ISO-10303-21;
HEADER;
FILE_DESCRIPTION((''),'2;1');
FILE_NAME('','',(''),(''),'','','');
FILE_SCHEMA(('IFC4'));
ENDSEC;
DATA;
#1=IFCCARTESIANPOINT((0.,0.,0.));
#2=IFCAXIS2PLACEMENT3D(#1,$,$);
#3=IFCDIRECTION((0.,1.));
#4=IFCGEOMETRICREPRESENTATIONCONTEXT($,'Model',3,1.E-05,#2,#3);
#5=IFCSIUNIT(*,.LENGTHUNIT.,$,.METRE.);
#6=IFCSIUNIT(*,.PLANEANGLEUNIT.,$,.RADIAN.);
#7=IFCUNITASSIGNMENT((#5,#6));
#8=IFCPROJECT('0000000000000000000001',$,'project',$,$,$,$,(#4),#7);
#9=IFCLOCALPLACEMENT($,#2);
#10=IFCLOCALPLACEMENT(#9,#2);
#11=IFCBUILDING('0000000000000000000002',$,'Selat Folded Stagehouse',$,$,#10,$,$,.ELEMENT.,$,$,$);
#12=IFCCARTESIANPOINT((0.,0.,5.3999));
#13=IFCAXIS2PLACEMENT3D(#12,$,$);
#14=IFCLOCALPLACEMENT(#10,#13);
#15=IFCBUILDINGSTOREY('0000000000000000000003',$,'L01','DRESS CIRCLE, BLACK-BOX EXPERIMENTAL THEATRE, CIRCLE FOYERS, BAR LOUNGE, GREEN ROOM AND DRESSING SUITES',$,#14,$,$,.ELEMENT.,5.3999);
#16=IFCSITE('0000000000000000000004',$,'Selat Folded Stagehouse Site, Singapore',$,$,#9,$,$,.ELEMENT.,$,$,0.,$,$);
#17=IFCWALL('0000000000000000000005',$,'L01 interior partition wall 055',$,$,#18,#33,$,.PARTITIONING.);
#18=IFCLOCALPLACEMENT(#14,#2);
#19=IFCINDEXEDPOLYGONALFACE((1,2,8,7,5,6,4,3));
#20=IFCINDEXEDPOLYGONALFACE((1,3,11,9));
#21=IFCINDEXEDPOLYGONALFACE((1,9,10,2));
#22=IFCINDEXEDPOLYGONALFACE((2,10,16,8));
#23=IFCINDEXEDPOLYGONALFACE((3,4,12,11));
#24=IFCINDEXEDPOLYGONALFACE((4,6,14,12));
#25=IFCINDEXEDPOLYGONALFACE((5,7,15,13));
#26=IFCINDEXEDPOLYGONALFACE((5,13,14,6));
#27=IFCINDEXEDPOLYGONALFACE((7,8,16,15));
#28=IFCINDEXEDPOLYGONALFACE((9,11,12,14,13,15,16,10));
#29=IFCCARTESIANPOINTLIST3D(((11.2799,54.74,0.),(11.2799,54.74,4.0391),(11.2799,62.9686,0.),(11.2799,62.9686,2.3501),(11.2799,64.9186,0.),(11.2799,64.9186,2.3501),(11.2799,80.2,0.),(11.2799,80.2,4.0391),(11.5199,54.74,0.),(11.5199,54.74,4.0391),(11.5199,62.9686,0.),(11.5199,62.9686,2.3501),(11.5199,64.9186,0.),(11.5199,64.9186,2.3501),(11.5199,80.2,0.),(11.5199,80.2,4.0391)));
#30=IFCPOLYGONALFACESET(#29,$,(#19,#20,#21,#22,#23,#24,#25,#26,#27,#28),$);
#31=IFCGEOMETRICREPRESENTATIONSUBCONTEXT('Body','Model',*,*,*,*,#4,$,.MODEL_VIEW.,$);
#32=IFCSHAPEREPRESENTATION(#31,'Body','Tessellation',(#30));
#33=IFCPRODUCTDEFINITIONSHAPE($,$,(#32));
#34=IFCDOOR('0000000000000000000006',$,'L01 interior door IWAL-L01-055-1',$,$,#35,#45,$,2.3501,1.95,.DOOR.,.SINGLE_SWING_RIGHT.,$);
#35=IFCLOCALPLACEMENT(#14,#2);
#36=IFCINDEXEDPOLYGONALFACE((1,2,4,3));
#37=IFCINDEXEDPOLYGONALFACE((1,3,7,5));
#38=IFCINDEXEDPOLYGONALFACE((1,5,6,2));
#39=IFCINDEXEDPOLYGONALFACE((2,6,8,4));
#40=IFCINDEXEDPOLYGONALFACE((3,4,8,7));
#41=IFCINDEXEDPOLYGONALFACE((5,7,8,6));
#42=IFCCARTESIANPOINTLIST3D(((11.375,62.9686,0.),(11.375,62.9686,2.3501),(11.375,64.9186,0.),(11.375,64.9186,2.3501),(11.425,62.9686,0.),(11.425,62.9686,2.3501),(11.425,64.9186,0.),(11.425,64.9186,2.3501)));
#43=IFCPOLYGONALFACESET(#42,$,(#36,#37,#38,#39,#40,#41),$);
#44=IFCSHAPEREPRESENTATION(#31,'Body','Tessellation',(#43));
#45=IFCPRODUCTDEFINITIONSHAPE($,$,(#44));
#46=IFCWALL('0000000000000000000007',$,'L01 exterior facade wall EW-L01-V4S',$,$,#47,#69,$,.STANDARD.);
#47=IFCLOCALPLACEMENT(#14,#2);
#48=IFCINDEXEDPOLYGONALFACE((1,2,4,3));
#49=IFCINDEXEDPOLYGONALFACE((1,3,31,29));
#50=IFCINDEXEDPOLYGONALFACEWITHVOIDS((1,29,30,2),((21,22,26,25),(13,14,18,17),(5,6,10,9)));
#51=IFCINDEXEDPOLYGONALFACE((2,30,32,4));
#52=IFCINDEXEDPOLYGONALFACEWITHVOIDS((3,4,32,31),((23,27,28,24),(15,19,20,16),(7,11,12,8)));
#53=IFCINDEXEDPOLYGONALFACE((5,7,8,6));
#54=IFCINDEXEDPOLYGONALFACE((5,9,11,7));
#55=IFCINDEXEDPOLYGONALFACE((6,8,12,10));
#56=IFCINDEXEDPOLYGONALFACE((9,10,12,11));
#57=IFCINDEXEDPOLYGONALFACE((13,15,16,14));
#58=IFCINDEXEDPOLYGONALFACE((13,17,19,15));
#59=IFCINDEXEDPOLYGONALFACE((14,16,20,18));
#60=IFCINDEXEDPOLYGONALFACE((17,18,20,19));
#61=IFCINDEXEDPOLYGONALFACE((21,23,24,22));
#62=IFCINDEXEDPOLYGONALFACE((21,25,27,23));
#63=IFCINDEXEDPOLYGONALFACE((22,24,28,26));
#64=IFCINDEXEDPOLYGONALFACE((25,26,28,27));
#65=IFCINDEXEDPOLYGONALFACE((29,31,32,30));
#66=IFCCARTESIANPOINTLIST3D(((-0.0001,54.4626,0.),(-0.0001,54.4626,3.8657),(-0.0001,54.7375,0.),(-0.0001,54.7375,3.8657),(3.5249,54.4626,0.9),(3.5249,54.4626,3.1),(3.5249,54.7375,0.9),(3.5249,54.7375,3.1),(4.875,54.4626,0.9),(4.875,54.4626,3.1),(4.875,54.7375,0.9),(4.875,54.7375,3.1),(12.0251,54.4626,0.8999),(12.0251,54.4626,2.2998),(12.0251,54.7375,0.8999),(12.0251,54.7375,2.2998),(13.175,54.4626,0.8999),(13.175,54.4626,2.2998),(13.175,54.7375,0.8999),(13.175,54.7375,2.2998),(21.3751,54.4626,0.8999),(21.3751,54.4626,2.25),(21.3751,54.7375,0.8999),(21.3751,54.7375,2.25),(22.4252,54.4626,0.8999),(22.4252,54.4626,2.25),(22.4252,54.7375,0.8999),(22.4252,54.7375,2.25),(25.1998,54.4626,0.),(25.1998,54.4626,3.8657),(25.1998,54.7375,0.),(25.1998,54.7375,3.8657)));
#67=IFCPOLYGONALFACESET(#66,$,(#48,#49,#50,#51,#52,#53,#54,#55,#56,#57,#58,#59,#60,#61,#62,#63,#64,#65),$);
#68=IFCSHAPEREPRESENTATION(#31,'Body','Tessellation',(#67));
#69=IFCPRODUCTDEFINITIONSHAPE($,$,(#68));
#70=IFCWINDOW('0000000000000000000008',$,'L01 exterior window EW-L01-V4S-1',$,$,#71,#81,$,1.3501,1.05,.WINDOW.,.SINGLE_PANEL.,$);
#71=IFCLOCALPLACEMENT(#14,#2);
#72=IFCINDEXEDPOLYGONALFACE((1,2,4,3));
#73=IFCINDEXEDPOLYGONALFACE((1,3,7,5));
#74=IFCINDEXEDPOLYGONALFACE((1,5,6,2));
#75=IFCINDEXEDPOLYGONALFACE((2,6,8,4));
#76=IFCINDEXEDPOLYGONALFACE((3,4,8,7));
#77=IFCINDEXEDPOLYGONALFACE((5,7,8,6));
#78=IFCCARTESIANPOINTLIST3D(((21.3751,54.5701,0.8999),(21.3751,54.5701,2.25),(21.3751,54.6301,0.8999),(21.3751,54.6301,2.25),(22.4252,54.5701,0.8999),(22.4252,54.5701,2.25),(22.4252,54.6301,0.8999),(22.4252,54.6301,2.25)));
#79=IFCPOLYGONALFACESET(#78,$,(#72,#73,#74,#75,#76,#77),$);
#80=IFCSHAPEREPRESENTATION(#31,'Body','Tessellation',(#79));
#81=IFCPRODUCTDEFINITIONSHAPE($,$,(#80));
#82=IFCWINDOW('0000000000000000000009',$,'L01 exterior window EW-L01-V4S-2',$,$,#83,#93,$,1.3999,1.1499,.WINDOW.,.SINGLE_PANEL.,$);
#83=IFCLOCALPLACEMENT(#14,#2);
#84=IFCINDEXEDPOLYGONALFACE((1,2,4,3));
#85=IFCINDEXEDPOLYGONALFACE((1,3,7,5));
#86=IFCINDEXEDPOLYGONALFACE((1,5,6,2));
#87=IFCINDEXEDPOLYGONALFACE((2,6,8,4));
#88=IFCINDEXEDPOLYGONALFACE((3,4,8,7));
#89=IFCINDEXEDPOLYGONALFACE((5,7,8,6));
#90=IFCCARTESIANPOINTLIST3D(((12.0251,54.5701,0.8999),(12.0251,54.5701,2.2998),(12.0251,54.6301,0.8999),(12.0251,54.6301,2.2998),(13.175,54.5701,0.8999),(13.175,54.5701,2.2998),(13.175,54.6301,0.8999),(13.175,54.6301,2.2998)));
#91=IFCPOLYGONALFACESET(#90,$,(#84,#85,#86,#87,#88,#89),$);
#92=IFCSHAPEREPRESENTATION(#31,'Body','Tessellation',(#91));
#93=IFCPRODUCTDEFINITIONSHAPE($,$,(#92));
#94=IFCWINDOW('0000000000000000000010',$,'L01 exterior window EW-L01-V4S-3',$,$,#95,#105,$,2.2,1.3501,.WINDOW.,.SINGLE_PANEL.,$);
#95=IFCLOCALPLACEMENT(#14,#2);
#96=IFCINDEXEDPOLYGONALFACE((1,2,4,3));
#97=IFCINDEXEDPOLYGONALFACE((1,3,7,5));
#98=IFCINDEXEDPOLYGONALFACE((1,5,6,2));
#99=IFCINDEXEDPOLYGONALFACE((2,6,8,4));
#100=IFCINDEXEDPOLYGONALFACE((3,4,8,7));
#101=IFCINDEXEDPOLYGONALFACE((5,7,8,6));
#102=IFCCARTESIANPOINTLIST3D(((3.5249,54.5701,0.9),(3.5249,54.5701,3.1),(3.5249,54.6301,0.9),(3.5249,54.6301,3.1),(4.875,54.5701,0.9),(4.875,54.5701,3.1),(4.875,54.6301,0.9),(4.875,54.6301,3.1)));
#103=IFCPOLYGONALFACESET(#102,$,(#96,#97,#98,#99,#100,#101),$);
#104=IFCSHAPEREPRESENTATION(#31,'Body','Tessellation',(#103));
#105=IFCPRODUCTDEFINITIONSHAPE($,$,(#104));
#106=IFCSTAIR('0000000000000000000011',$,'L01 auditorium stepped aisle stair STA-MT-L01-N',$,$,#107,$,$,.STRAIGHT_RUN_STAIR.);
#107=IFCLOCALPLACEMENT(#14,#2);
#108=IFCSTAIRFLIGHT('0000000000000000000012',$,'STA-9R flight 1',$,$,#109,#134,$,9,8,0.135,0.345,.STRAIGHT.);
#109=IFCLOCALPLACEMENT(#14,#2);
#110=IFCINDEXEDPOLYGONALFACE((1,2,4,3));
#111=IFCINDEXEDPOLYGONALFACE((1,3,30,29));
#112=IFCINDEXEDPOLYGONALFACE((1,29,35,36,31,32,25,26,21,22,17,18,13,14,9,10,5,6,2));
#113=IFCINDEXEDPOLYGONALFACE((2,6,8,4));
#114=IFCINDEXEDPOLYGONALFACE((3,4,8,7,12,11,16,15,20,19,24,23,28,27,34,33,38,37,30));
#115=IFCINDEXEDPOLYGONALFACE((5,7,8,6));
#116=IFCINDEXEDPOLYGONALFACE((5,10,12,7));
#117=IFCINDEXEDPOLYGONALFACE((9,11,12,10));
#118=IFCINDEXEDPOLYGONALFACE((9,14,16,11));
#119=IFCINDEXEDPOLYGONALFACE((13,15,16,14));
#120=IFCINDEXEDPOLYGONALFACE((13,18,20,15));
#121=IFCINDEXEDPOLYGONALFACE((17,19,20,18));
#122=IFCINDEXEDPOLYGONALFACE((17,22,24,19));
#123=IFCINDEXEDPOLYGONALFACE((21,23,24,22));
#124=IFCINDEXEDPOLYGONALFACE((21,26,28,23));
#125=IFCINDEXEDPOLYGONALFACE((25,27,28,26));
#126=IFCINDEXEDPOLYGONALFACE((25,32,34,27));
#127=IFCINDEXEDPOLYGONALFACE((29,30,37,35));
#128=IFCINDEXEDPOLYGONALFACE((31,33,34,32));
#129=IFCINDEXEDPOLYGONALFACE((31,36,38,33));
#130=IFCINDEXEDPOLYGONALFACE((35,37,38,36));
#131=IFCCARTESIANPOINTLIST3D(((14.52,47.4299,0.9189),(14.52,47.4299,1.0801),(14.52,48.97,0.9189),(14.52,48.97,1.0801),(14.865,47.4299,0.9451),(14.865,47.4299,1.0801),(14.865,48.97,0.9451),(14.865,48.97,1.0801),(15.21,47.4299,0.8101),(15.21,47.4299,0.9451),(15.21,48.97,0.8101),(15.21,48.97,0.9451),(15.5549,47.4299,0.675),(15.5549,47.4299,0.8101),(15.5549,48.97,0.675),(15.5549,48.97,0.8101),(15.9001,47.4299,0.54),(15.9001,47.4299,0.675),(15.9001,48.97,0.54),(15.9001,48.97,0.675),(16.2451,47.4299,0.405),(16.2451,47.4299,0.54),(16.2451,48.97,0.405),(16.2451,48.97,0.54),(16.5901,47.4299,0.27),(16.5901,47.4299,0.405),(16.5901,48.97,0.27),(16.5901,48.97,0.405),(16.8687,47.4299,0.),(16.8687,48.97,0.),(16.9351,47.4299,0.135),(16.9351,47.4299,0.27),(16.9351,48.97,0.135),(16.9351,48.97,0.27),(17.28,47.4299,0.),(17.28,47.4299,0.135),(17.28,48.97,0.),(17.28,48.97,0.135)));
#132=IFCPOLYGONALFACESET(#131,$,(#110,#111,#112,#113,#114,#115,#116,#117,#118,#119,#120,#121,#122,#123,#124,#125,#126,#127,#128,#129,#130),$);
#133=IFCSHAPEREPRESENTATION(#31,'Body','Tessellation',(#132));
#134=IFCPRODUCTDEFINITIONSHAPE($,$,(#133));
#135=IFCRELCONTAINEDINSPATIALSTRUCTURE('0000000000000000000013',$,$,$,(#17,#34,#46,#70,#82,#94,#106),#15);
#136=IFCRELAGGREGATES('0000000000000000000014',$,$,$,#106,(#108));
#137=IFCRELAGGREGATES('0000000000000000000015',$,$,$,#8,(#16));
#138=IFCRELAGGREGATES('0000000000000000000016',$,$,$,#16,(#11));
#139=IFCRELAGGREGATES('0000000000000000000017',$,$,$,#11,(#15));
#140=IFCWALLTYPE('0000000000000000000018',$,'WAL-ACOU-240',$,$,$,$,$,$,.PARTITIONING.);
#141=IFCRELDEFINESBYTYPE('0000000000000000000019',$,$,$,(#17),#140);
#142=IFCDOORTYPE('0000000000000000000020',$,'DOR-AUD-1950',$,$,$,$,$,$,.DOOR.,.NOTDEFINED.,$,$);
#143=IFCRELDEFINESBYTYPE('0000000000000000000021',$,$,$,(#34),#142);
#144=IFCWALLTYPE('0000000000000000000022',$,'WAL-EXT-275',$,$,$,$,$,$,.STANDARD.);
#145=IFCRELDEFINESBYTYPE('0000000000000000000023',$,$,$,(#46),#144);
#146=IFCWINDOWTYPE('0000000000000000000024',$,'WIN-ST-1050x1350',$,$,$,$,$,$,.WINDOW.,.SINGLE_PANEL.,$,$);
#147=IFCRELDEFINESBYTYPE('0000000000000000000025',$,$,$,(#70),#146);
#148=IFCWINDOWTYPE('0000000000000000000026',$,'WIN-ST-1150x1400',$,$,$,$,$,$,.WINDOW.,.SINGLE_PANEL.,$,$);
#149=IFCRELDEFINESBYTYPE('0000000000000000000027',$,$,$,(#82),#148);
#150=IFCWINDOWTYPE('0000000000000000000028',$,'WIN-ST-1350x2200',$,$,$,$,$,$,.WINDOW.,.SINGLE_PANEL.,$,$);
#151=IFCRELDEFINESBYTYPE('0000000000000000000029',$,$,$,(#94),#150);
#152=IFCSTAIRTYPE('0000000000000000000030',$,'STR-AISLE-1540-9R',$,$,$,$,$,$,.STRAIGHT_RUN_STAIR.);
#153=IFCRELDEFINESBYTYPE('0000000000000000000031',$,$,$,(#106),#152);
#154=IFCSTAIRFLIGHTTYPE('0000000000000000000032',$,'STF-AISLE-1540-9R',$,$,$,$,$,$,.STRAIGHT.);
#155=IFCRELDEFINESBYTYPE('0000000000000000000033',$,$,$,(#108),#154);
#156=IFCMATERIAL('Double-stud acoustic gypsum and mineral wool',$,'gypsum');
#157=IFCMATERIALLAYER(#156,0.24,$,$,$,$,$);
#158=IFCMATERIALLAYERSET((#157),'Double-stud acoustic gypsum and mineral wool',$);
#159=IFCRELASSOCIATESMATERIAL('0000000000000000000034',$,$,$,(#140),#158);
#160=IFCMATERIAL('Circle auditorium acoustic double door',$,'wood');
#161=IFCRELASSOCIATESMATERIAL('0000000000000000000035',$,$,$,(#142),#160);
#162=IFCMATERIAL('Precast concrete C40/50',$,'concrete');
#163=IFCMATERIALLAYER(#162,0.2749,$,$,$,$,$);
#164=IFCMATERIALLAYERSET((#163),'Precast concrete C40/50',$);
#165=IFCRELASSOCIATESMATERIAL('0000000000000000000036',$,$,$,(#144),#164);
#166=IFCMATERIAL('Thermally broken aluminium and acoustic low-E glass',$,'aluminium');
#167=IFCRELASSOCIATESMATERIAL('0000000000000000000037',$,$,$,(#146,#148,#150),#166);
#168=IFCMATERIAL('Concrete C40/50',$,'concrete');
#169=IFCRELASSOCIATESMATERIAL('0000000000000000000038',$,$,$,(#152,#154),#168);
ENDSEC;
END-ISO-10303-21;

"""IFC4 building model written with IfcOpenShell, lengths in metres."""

from ifc_helpers import new_model, si_unit, direction, frame, frame_2d, origin, place, context, subcontext, project, spatial, polyline, rectangle, outline, extrude, material, layer, layer_set, type_object, element, fill, aggregate, save


model = new_model("IFC4")

# Units and contexts
model_context = context("Model", 3, precision=1e-05, world=origin(), true_north=direction((0.0, 1.0)))
body_context = subcontext(model_context, "Body", "Model", "MODEL_VIEW")
ifc_project = project(units=[si_unit("LENGTHUNIT", "METRE"), si_unit("PLANEANGLEUNIT", "RADIAN")], contexts=[model_context])

# Site, building, storey
site_placement = place(None, origin())
site = spatial("IfcSite", under=ifc_project, at=site_placement, Name="Selat Folded Stagehouse Site, Singapore", CompositionType="ELEMENT", RefElevation=0.0)
building_placement = place(site_placement, origin())
building = spatial("IfcBuilding", under=site, at=building_placement, Name="Selat Folded Stagehouse", CompositionType="ELEMENT")
storey_placement = place(building_placement, frame((0.0, 0.0, 5.3999)))
storey = spatial("IfcBuildingStorey", under=building, at=storey_placement, Name="L01", Description="DRESS CIRCLE, BLACK-BOX EXPERIMENTAL THEATRE, CIRCLE FOYERS, BAR LOUNGE, GREEN ROOM AND DRESSING SUITES", CompositionType="ELEMENT", Elevation=5.3999)

# Wall, opening, door
ifc_material_1 = material(Name="Double-stud acoustic gypsum and mineral wool", Category="gypsum")
ifc_layer_1 = layer(ifc_material_1, 0.24)
ifc_layer_set_1 = layer_set([ifc_layer_1], Name="Double-stud acoustic gypsum and mineral wool")
wall_type_1 = type_object("IfcWallType", Name="WAL-ACOU-240", PredefinedType="PARTITIONING", material=ifc_layer_set_1)
wall_1_placement = place(storey_placement, frame((11.3999, 54.74, 0.0), z_axis=(0.0, 0.0, 1.0), x_axis=(0.0, 1.0, 0.0)))
wall_1 = element("IfcWall", 1, at=wall_1_placement, inside=storey, type_object=wall_type_1, Name="L01 interior partition wall 055", PredefinedType="PARTITIONING", context=body_context, shape_type="SweptSolid", body=[
    extrude(rectangle(XDim=25.46, YDim=0.24, at=frame_2d((12.73, 0.0))), origin(), (0.0, 0.0, 1.0), 4.0391),
])
opening_1_placement = place(wall_1_placement, frame((8.2285, 0.0, 0.0)))
opening_1 = element("IfcOpeningElement", 2, at=opening_1_placement, cuts=wall_1, PredefinedType="OPENING", context=body_context, shape_type="SweptSolid", body=[
    extrude(rectangle(XDim=1.95, YDim=2.3501, at=frame_2d((0.9751, 1.175))), frame((0.0, 0.1299, 0.0), z_axis=(0.0, -1.0, 0.0), x_axis=(1.0, 0.0, 0.0)), (0.0, 0.0, 1.0), 0.26),
])
ifc_material_2 = material(Name="Circle auditorium acoustic double door", Category="wood")
door_type_1 = type_object("IfcDoorType", Name="DOR-AUD-1950", OperationType="NOTDEFINED", PredefinedType="DOOR", material=ifc_material_2)
door_1_placement = place(opening_1_placement, origin())
door_1 = element("IfcDoor", 3, at=door_1_placement, inside=storey, type_object=door_type_1, Name="L01 interior door IWAL-L01-055-1", OperationType="SINGLE_SWING_RIGHT", OverallHeight=2.3501, OverallWidth=1.95, PredefinedType="DOOR", context=body_context, shape_type="SweptSolid", body=[
    extrude(rectangle(XDim=1.95, YDim=2.3501, at=frame_2d((0.9751, 1.175))), frame((0.0, 0.0249, 0.0), z_axis=(0.0, -1.0, 0.0), x_axis=(1.0, 0.0, 0.0)), (0.0, 0.0, 1.0), 0.05),
])
fill(opening_1, door_1)

# Wall, openings, windows
ifc_material_3 = material(Name="Precast concrete C40/50", Category="concrete")
ifc_layer_2 = layer(ifc_material_3, 0.2749)
ifc_layer_set_2 = layer_set([ifc_layer_2], Name="Precast concrete C40/50")
wall_type_2 = type_object("IfcWallType", Name="WAL-EXT-275", PredefinedType="STANDARD", material=ifc_layer_set_2)
wall_2_placement = place(storey_placement, frame((25.2, 54.6001, 0.0), z_axis=(0.0, 0.0, 1.0), x_axis=(-1.0, 0.0, 0.0)))
wall_2 = element("IfcWall", 4, at=wall_2_placement, inside=storey, type_object=wall_type_2, Name="L01 exterior facade wall EW-L01-V4S", PredefinedType="STANDARD", context=body_context, shape_type="SweptSolid", body=[
    extrude(rectangle(XDim=25.2, YDim=0.2749, at=frame_2d((12.6001, 0.0))), origin(), (0.0, 0.0, 1.0), 3.8657),
])
opening_2_placement = place(wall_2_placement, frame((2.7749, 0.0, 0.8999)))
opening_2 = element("IfcOpeningElement", 5, at=opening_2_placement, cuts=wall_2, PredefinedType="OPENING", context=body_context, shape_type="SweptSolid", body=[
    extrude(rectangle(XDim=1.05, YDim=1.3501, at=frame_2d((0.5249, 0.675))), frame((0.0, 0.1475, 0.0), z_axis=(0.0, -1.0, 0.0), x_axis=(1.0, 0.0, 0.0)), (0.0, 0.0, 1.0), 0.2949),
])
opening_3_placement = place(wall_2_placement, frame((12.0249, 0.0, 0.8999)))
opening_3 = element("IfcOpeningElement", 6, at=opening_3_placement, cuts=wall_2, PredefinedType="OPENING", context=body_context, shape_type="SweptSolid", body=[
    extrude(rectangle(XDim=1.1499, YDim=1.3999, at=frame_2d((0.575, 0.7))), frame((0.0, 0.1475, 0.0), z_axis=(0.0, -1.0, 0.0), x_axis=(1.0, 0.0, 0.0)), (0.0, 0.0, 1.0), 0.2949),
])
opening_4_placement = place(wall_2_placement, frame((20.325, 0.0, 0.8999)))
opening_4 = element("IfcOpeningElement", 7, at=opening_4_placement, cuts=wall_2, PredefinedType="OPENING", context=body_context, shape_type="SweptSolid", body=[
    extrude(rectangle(XDim=1.3501, YDim=2.2, at=frame_2d((0.675, 1.1001))), frame((0.0, 0.1475, 0.0), z_axis=(0.0, -1.0, 0.0), x_axis=(1.0, 0.0, 0.0)), (0.0, 0.0, 1.0), 0.2949),
])
ifc_material_4 = material(Name="Thermally broken aluminium and acoustic low-E glass", Category="aluminium")
window_type_1 = type_object("IfcWindowType", Name="WIN-ST-1050x1350", PartitioningType="SINGLE_PANEL", PredefinedType="WINDOW", material=ifc_material_4)
window_1_placement = place(opening_2_placement, origin())
window_1 = element("IfcWindow", 8, at=window_1_placement, inside=storey, type_object=window_type_1, Name="L01 exterior window EW-L01-V4S-1", OverallHeight=1.3501, OverallWidth=1.05, PartitioningType="SINGLE_PANEL", PredefinedType="WINDOW", context=body_context, shape_type="SweptSolid", body=[
    extrude(rectangle(XDim=1.05, YDim=1.3501, at=frame_2d((0.5249, 0.675))), frame((0.0, 0.03, 0.0), z_axis=(0.0, -1.0, 0.0), x_axis=(1.0, 0.0, 0.0)), (0.0, 0.0, 1.0), 0.0601),
])
fill(opening_2, window_1)
window_type_2 = type_object("IfcWindowType", Name="WIN-ST-1150x1400", PartitioningType="SINGLE_PANEL", PredefinedType="WINDOW", material=ifc_material_4)
window_2_placement = place(opening_3_placement, origin())
window_2 = element("IfcWindow", 9, at=window_2_placement, inside=storey, type_object=window_type_2, Name="L01 exterior window EW-L01-V4S-2", OverallHeight=1.3999, OverallWidth=1.1499, PartitioningType="SINGLE_PANEL", PredefinedType="WINDOW", context=body_context, shape_type="SweptSolid", body=[
    extrude(rectangle(XDim=1.1499, YDim=1.3999, at=frame_2d((0.575, 0.7))), frame((0.0, 0.03, 0.0), z_axis=(0.0, -1.0, 0.0), x_axis=(1.0, 0.0, 0.0)), (0.0, 0.0, 1.0), 0.0601),
])
fill(opening_3, window_2)
window_type_3 = type_object("IfcWindowType", Name="WIN-ST-1350x2200", PartitioningType="SINGLE_PANEL", PredefinedType="WINDOW", material=ifc_material_4)
window_3_placement = place(opening_4_placement, origin())
window_3 = element("IfcWindow", 10, at=window_3_placement, inside=storey, type_object=window_type_3, Name="L01 exterior window EW-L01-V4S-3", OverallHeight=2.2, OverallWidth=1.3501, PartitioningType="SINGLE_PANEL", PredefinedType="WINDOW", context=body_context, shape_type="SweptSolid", body=[
    extrude(rectangle(XDim=1.3501, YDim=2.2, at=frame_2d((0.675, 1.1001))), frame((0.0, 0.03, 0.0), z_axis=(0.0, -1.0, 0.0), x_axis=(1.0, 0.0, 0.0)), (0.0, 0.0, 1.0), 0.0601),
])
fill(opening_4, window_3)

# Stair, stair flight
ifc_material_5 = material(Name="Concrete C40/50", Category="concrete")
stair_type = type_object("IfcStairType", Name="STR-AISLE-1540-9R", PredefinedType="STRAIGHT_RUN_STAIR", material=ifc_material_5)
stair_placement = place(storey_placement, origin())
stair = element("IfcStair", 11, at=stair_placement, inside=storey, type_object=stair_type, Name="L01 auditorium stepped aisle stair STA-MT-L01-N", PredefinedType="STRAIGHT_RUN_STAIR")
stair_flight_type = type_object("IfcStairFlightType", Name="STF-AISLE-1540-9R", PredefinedType="STRAIGHT", material=ifc_material_5)
stair_flight_placement = place(storey_placement, frame((17.28, 48.2, 0.0), z_axis=(0.0, 0.0, 1.0), x_axis=(-1.0, 0.0, 0.0)))
stair_flight = element("IfcStairFlight", 12, at=stair_flight_placement, type_object=stair_flight_type, Name="STA-9R flight 1", NumberOfRisers=9, NumberOfTreads=8, PredefinedType="STRAIGHT", RiserHeight=0.135, TreadLength=0.345, context=body_context, shape_type="SweptSolid", body=[
    extrude(outline(polyline([(0.0, 0.0), (0.0, 0.135), (0.345, 0.135), (0.345, 0.27), (0.6899, 0.27), (0.6899, 0.405), (1.0349, 0.405), (1.0349, 0.54), (1.3799, 0.54), (1.3799, 0.675), (1.7251, 0.675), (1.7251, 0.8101), (2.0701, 0.8101), (2.0701, 0.9451), (2.415, 0.9451), (2.415, 1.0801), (2.76, 1.0801), (2.76, 1.2151), (2.76, 0.9189), (0.4114, 0.0), (0.0, 0.0)])), frame((0.0, 0.77, 0.0), z_axis=(0.0, -1.0, 0.0), x_axis=(1.0, 0.0, 0.0)), (0.0, 0.0, 1.0), 1.54),
])
aggregate(stair, [stair_flight])

save(model, "model.ifc")
